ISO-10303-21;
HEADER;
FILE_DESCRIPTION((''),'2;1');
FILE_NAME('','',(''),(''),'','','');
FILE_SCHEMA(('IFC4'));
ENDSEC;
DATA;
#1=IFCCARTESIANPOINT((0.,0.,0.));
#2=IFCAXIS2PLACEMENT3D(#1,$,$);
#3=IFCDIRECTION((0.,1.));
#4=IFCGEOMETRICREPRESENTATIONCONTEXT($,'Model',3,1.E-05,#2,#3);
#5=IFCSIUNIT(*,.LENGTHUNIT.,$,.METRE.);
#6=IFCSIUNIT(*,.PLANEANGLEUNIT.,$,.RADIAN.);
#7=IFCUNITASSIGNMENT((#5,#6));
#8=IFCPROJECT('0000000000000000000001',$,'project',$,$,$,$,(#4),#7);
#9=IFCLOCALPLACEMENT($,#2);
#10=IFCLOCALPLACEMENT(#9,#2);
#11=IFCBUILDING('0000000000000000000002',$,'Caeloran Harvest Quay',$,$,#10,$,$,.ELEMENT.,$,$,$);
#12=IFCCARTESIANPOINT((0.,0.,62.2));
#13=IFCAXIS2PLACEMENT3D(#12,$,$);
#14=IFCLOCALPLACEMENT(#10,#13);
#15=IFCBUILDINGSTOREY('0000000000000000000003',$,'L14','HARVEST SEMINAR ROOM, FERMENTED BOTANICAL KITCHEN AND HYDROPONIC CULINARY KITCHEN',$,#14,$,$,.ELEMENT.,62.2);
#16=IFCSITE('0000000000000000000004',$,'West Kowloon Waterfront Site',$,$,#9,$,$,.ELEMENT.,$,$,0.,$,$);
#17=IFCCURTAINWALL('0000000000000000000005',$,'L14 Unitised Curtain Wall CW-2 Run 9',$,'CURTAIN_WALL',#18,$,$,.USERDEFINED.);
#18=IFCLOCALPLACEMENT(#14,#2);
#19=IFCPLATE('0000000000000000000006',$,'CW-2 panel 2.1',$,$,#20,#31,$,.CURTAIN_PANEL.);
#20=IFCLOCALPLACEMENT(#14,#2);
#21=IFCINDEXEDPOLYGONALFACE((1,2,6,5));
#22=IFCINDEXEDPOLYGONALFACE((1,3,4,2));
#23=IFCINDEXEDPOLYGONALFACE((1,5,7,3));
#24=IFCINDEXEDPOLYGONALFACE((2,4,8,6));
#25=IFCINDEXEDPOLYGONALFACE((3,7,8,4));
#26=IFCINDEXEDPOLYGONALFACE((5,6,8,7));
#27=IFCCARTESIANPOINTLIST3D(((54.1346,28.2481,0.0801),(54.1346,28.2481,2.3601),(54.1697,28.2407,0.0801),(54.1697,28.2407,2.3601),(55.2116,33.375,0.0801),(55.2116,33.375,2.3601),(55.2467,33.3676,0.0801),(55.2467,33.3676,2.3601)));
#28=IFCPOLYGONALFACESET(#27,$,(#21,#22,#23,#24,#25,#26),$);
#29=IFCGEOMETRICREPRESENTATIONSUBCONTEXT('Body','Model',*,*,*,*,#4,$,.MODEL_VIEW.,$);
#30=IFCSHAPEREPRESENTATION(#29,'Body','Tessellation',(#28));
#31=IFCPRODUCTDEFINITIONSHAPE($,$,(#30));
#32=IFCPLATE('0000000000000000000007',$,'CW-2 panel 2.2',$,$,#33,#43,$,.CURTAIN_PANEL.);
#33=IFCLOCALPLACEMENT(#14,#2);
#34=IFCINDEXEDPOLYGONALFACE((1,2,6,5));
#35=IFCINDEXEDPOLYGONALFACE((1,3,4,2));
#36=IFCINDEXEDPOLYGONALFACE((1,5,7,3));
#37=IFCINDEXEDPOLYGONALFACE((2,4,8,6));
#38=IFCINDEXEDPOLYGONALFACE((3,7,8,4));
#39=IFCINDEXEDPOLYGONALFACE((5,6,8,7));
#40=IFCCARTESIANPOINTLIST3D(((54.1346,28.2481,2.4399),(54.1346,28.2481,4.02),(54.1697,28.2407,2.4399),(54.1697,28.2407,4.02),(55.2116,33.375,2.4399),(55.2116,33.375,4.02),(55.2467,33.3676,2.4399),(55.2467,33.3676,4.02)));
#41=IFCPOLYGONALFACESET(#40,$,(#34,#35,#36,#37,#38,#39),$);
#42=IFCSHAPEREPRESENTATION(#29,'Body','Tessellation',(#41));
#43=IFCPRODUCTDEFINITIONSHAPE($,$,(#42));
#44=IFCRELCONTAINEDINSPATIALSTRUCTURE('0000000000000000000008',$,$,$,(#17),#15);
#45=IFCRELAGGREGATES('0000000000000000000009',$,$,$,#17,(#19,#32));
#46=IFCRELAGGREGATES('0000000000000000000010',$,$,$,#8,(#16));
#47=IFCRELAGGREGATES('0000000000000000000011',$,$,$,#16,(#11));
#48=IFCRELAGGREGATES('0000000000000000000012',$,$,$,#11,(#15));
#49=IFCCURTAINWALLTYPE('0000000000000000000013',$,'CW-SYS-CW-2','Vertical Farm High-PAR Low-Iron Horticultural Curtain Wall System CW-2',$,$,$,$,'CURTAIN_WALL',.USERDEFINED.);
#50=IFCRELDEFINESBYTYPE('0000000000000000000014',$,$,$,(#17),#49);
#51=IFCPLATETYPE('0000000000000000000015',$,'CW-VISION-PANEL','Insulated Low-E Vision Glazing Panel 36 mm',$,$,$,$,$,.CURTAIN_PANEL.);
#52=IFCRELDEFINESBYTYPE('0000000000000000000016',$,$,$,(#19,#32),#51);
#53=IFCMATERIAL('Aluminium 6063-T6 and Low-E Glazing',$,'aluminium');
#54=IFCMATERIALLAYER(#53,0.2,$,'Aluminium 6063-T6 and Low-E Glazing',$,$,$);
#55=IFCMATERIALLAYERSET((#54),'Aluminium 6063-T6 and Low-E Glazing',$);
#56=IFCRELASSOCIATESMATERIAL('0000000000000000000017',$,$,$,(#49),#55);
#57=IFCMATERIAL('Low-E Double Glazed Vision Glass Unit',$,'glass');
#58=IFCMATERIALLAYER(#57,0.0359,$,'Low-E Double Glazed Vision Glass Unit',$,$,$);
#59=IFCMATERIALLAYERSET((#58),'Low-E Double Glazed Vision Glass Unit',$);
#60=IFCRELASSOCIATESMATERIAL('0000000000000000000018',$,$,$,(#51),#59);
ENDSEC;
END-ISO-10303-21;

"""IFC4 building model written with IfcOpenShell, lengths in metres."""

from ifc_helpers import new_model, si_unit, direction, frame, origin, origin_2d, place, context, subcontext, project, spatial, rectangle, extrude, material, layer, layer_set, type_object, element, aggregate, save


model = new_model("IFC4")

# Units and contexts
model_context = context("Model", 3, precision=1e-05, world=origin(), true_north=direction((0.0, 1.0)))
body_context = subcontext(model_context, "Body", "Model", "MODEL_VIEW")
ifc_project = project(units=[si_unit("LENGTHUNIT", "METRE"), si_unit("PLANEANGLEUNIT", "RADIAN")], contexts=[model_context])

# Site, building, storey
site_placement = place(None, origin())
site = spatial("IfcSite", under=ifc_project, at=site_placement, Name="West Kowloon Waterfront Site", CompositionType="ELEMENT", RefElevation=0.0)
building_placement = place(site_placement, origin())
building = spatial("IfcBuilding", under=site, at=building_placement, Name="Caeloran Harvest Quay", CompositionType="ELEMENT")
storey_placement = place(building_placement, frame((0.0, 0.0, 62.2)))
storey = spatial("IfcBuildingStorey", under=building, at=storey_placement, Name="L14", Description="HARVEST SEMINAR ROOM, FERMENTED BOTANICAL KITCHEN AND HYDROPONIC CULINARY KITCHEN", CompositionType="ELEMENT", Elevation=62.2)

# Curtain wall, plates
ifc_material_1 = material(Name="Aluminium 6063-T6 and Low-E Glazing", Category="aluminium")
ifc_layer_1 = layer(ifc_material_1, 0.2, Name="Aluminium 6063-T6 and Low-E Glazing")
ifc_layer_set_1 = layer_set([ifc_layer_1], Name="Aluminium 6063-T6 and Low-E Glazing")
curtain_wall_type = type_object("IfcCurtainWallType", Name="CW-SYS-CW-2", Description="Vertical Farm High-PAR Low-Iron Horticultural Curtain Wall System CW-2", ElementType="CURTAIN_WALL", PredefinedType="USERDEFINED", material=ifc_layer_set_1)
curtain_wall_placement = place(storey_placement, origin())
curtain_wall = element("IfcCurtainWall", 1, at=curtain_wall_placement, inside=storey, type_object=curtain_wall_type, Name="L14 Unitised Curtain Wall CW-2 Run 9", ObjectType="CURTAIN_WALL", PredefinedType="USERDEFINED")
ifc_material_2 = material(Name="Low-E Double Glazed Vision Glass Unit", Category="glass")
ifc_layer_2 = layer(ifc_material_2, 0.0359, Name="Low-E Double Glazed Vision Glass Unit")
ifc_layer_set_2 = layer_set([ifc_layer_2], Name="Low-E Double Glazed Vision Glass Unit")
plate_type = type_object("IfcPlateType", Name="CW-VISION-PANEL", Description="Insulated Low-E Vision Glazing Panel 36 mm", PredefinedType="CURTAIN_PANEL", material=ifc_layer_set_2)
plate_1_placement = place(storey_placement, frame((54.6907, 30.8079, 0.0801), z_axis=(0.0, 0.0, 1.0), x_axis=(-0.205583, -0.97864, 0.0)))
plate_1 = element("IfcPlate", 2, at=plate_1_placement, type_object=plate_type, Name="CW-2 panel 2.1", PredefinedType="CURTAIN_PANEL", context=body_context, shape_type="SweptSolid", body=[
    extrude(rectangle(XDim=5.2388, YDim=0.0359, at=origin_2d()), origin(), (0.0, 0.0, 1.0), 2.28),
])
plate_2_placement = place(storey_placement, frame((54.6907, 30.8079, 2.4399), z_axis=(0.0, 0.0, 1.0), x_axis=(-0.205583, -0.97864, 0.0)))
plate_2 = element("IfcPlate", 3, at=plate_2_placement, type_object=plate_type, Name="CW-2 panel 2.2", PredefinedType="CURTAIN_PANEL", context=body_context, shape_type="SweptSolid", body=[
    extrude(rectangle(XDim=5.2388, YDim=0.0359, at=origin_2d()), origin(), (0.0, 0.0, 1.0), 1.5801),
])
aggregate(curtain_wall, [plate_1, plate_2])

save(model, "model.ifc")
